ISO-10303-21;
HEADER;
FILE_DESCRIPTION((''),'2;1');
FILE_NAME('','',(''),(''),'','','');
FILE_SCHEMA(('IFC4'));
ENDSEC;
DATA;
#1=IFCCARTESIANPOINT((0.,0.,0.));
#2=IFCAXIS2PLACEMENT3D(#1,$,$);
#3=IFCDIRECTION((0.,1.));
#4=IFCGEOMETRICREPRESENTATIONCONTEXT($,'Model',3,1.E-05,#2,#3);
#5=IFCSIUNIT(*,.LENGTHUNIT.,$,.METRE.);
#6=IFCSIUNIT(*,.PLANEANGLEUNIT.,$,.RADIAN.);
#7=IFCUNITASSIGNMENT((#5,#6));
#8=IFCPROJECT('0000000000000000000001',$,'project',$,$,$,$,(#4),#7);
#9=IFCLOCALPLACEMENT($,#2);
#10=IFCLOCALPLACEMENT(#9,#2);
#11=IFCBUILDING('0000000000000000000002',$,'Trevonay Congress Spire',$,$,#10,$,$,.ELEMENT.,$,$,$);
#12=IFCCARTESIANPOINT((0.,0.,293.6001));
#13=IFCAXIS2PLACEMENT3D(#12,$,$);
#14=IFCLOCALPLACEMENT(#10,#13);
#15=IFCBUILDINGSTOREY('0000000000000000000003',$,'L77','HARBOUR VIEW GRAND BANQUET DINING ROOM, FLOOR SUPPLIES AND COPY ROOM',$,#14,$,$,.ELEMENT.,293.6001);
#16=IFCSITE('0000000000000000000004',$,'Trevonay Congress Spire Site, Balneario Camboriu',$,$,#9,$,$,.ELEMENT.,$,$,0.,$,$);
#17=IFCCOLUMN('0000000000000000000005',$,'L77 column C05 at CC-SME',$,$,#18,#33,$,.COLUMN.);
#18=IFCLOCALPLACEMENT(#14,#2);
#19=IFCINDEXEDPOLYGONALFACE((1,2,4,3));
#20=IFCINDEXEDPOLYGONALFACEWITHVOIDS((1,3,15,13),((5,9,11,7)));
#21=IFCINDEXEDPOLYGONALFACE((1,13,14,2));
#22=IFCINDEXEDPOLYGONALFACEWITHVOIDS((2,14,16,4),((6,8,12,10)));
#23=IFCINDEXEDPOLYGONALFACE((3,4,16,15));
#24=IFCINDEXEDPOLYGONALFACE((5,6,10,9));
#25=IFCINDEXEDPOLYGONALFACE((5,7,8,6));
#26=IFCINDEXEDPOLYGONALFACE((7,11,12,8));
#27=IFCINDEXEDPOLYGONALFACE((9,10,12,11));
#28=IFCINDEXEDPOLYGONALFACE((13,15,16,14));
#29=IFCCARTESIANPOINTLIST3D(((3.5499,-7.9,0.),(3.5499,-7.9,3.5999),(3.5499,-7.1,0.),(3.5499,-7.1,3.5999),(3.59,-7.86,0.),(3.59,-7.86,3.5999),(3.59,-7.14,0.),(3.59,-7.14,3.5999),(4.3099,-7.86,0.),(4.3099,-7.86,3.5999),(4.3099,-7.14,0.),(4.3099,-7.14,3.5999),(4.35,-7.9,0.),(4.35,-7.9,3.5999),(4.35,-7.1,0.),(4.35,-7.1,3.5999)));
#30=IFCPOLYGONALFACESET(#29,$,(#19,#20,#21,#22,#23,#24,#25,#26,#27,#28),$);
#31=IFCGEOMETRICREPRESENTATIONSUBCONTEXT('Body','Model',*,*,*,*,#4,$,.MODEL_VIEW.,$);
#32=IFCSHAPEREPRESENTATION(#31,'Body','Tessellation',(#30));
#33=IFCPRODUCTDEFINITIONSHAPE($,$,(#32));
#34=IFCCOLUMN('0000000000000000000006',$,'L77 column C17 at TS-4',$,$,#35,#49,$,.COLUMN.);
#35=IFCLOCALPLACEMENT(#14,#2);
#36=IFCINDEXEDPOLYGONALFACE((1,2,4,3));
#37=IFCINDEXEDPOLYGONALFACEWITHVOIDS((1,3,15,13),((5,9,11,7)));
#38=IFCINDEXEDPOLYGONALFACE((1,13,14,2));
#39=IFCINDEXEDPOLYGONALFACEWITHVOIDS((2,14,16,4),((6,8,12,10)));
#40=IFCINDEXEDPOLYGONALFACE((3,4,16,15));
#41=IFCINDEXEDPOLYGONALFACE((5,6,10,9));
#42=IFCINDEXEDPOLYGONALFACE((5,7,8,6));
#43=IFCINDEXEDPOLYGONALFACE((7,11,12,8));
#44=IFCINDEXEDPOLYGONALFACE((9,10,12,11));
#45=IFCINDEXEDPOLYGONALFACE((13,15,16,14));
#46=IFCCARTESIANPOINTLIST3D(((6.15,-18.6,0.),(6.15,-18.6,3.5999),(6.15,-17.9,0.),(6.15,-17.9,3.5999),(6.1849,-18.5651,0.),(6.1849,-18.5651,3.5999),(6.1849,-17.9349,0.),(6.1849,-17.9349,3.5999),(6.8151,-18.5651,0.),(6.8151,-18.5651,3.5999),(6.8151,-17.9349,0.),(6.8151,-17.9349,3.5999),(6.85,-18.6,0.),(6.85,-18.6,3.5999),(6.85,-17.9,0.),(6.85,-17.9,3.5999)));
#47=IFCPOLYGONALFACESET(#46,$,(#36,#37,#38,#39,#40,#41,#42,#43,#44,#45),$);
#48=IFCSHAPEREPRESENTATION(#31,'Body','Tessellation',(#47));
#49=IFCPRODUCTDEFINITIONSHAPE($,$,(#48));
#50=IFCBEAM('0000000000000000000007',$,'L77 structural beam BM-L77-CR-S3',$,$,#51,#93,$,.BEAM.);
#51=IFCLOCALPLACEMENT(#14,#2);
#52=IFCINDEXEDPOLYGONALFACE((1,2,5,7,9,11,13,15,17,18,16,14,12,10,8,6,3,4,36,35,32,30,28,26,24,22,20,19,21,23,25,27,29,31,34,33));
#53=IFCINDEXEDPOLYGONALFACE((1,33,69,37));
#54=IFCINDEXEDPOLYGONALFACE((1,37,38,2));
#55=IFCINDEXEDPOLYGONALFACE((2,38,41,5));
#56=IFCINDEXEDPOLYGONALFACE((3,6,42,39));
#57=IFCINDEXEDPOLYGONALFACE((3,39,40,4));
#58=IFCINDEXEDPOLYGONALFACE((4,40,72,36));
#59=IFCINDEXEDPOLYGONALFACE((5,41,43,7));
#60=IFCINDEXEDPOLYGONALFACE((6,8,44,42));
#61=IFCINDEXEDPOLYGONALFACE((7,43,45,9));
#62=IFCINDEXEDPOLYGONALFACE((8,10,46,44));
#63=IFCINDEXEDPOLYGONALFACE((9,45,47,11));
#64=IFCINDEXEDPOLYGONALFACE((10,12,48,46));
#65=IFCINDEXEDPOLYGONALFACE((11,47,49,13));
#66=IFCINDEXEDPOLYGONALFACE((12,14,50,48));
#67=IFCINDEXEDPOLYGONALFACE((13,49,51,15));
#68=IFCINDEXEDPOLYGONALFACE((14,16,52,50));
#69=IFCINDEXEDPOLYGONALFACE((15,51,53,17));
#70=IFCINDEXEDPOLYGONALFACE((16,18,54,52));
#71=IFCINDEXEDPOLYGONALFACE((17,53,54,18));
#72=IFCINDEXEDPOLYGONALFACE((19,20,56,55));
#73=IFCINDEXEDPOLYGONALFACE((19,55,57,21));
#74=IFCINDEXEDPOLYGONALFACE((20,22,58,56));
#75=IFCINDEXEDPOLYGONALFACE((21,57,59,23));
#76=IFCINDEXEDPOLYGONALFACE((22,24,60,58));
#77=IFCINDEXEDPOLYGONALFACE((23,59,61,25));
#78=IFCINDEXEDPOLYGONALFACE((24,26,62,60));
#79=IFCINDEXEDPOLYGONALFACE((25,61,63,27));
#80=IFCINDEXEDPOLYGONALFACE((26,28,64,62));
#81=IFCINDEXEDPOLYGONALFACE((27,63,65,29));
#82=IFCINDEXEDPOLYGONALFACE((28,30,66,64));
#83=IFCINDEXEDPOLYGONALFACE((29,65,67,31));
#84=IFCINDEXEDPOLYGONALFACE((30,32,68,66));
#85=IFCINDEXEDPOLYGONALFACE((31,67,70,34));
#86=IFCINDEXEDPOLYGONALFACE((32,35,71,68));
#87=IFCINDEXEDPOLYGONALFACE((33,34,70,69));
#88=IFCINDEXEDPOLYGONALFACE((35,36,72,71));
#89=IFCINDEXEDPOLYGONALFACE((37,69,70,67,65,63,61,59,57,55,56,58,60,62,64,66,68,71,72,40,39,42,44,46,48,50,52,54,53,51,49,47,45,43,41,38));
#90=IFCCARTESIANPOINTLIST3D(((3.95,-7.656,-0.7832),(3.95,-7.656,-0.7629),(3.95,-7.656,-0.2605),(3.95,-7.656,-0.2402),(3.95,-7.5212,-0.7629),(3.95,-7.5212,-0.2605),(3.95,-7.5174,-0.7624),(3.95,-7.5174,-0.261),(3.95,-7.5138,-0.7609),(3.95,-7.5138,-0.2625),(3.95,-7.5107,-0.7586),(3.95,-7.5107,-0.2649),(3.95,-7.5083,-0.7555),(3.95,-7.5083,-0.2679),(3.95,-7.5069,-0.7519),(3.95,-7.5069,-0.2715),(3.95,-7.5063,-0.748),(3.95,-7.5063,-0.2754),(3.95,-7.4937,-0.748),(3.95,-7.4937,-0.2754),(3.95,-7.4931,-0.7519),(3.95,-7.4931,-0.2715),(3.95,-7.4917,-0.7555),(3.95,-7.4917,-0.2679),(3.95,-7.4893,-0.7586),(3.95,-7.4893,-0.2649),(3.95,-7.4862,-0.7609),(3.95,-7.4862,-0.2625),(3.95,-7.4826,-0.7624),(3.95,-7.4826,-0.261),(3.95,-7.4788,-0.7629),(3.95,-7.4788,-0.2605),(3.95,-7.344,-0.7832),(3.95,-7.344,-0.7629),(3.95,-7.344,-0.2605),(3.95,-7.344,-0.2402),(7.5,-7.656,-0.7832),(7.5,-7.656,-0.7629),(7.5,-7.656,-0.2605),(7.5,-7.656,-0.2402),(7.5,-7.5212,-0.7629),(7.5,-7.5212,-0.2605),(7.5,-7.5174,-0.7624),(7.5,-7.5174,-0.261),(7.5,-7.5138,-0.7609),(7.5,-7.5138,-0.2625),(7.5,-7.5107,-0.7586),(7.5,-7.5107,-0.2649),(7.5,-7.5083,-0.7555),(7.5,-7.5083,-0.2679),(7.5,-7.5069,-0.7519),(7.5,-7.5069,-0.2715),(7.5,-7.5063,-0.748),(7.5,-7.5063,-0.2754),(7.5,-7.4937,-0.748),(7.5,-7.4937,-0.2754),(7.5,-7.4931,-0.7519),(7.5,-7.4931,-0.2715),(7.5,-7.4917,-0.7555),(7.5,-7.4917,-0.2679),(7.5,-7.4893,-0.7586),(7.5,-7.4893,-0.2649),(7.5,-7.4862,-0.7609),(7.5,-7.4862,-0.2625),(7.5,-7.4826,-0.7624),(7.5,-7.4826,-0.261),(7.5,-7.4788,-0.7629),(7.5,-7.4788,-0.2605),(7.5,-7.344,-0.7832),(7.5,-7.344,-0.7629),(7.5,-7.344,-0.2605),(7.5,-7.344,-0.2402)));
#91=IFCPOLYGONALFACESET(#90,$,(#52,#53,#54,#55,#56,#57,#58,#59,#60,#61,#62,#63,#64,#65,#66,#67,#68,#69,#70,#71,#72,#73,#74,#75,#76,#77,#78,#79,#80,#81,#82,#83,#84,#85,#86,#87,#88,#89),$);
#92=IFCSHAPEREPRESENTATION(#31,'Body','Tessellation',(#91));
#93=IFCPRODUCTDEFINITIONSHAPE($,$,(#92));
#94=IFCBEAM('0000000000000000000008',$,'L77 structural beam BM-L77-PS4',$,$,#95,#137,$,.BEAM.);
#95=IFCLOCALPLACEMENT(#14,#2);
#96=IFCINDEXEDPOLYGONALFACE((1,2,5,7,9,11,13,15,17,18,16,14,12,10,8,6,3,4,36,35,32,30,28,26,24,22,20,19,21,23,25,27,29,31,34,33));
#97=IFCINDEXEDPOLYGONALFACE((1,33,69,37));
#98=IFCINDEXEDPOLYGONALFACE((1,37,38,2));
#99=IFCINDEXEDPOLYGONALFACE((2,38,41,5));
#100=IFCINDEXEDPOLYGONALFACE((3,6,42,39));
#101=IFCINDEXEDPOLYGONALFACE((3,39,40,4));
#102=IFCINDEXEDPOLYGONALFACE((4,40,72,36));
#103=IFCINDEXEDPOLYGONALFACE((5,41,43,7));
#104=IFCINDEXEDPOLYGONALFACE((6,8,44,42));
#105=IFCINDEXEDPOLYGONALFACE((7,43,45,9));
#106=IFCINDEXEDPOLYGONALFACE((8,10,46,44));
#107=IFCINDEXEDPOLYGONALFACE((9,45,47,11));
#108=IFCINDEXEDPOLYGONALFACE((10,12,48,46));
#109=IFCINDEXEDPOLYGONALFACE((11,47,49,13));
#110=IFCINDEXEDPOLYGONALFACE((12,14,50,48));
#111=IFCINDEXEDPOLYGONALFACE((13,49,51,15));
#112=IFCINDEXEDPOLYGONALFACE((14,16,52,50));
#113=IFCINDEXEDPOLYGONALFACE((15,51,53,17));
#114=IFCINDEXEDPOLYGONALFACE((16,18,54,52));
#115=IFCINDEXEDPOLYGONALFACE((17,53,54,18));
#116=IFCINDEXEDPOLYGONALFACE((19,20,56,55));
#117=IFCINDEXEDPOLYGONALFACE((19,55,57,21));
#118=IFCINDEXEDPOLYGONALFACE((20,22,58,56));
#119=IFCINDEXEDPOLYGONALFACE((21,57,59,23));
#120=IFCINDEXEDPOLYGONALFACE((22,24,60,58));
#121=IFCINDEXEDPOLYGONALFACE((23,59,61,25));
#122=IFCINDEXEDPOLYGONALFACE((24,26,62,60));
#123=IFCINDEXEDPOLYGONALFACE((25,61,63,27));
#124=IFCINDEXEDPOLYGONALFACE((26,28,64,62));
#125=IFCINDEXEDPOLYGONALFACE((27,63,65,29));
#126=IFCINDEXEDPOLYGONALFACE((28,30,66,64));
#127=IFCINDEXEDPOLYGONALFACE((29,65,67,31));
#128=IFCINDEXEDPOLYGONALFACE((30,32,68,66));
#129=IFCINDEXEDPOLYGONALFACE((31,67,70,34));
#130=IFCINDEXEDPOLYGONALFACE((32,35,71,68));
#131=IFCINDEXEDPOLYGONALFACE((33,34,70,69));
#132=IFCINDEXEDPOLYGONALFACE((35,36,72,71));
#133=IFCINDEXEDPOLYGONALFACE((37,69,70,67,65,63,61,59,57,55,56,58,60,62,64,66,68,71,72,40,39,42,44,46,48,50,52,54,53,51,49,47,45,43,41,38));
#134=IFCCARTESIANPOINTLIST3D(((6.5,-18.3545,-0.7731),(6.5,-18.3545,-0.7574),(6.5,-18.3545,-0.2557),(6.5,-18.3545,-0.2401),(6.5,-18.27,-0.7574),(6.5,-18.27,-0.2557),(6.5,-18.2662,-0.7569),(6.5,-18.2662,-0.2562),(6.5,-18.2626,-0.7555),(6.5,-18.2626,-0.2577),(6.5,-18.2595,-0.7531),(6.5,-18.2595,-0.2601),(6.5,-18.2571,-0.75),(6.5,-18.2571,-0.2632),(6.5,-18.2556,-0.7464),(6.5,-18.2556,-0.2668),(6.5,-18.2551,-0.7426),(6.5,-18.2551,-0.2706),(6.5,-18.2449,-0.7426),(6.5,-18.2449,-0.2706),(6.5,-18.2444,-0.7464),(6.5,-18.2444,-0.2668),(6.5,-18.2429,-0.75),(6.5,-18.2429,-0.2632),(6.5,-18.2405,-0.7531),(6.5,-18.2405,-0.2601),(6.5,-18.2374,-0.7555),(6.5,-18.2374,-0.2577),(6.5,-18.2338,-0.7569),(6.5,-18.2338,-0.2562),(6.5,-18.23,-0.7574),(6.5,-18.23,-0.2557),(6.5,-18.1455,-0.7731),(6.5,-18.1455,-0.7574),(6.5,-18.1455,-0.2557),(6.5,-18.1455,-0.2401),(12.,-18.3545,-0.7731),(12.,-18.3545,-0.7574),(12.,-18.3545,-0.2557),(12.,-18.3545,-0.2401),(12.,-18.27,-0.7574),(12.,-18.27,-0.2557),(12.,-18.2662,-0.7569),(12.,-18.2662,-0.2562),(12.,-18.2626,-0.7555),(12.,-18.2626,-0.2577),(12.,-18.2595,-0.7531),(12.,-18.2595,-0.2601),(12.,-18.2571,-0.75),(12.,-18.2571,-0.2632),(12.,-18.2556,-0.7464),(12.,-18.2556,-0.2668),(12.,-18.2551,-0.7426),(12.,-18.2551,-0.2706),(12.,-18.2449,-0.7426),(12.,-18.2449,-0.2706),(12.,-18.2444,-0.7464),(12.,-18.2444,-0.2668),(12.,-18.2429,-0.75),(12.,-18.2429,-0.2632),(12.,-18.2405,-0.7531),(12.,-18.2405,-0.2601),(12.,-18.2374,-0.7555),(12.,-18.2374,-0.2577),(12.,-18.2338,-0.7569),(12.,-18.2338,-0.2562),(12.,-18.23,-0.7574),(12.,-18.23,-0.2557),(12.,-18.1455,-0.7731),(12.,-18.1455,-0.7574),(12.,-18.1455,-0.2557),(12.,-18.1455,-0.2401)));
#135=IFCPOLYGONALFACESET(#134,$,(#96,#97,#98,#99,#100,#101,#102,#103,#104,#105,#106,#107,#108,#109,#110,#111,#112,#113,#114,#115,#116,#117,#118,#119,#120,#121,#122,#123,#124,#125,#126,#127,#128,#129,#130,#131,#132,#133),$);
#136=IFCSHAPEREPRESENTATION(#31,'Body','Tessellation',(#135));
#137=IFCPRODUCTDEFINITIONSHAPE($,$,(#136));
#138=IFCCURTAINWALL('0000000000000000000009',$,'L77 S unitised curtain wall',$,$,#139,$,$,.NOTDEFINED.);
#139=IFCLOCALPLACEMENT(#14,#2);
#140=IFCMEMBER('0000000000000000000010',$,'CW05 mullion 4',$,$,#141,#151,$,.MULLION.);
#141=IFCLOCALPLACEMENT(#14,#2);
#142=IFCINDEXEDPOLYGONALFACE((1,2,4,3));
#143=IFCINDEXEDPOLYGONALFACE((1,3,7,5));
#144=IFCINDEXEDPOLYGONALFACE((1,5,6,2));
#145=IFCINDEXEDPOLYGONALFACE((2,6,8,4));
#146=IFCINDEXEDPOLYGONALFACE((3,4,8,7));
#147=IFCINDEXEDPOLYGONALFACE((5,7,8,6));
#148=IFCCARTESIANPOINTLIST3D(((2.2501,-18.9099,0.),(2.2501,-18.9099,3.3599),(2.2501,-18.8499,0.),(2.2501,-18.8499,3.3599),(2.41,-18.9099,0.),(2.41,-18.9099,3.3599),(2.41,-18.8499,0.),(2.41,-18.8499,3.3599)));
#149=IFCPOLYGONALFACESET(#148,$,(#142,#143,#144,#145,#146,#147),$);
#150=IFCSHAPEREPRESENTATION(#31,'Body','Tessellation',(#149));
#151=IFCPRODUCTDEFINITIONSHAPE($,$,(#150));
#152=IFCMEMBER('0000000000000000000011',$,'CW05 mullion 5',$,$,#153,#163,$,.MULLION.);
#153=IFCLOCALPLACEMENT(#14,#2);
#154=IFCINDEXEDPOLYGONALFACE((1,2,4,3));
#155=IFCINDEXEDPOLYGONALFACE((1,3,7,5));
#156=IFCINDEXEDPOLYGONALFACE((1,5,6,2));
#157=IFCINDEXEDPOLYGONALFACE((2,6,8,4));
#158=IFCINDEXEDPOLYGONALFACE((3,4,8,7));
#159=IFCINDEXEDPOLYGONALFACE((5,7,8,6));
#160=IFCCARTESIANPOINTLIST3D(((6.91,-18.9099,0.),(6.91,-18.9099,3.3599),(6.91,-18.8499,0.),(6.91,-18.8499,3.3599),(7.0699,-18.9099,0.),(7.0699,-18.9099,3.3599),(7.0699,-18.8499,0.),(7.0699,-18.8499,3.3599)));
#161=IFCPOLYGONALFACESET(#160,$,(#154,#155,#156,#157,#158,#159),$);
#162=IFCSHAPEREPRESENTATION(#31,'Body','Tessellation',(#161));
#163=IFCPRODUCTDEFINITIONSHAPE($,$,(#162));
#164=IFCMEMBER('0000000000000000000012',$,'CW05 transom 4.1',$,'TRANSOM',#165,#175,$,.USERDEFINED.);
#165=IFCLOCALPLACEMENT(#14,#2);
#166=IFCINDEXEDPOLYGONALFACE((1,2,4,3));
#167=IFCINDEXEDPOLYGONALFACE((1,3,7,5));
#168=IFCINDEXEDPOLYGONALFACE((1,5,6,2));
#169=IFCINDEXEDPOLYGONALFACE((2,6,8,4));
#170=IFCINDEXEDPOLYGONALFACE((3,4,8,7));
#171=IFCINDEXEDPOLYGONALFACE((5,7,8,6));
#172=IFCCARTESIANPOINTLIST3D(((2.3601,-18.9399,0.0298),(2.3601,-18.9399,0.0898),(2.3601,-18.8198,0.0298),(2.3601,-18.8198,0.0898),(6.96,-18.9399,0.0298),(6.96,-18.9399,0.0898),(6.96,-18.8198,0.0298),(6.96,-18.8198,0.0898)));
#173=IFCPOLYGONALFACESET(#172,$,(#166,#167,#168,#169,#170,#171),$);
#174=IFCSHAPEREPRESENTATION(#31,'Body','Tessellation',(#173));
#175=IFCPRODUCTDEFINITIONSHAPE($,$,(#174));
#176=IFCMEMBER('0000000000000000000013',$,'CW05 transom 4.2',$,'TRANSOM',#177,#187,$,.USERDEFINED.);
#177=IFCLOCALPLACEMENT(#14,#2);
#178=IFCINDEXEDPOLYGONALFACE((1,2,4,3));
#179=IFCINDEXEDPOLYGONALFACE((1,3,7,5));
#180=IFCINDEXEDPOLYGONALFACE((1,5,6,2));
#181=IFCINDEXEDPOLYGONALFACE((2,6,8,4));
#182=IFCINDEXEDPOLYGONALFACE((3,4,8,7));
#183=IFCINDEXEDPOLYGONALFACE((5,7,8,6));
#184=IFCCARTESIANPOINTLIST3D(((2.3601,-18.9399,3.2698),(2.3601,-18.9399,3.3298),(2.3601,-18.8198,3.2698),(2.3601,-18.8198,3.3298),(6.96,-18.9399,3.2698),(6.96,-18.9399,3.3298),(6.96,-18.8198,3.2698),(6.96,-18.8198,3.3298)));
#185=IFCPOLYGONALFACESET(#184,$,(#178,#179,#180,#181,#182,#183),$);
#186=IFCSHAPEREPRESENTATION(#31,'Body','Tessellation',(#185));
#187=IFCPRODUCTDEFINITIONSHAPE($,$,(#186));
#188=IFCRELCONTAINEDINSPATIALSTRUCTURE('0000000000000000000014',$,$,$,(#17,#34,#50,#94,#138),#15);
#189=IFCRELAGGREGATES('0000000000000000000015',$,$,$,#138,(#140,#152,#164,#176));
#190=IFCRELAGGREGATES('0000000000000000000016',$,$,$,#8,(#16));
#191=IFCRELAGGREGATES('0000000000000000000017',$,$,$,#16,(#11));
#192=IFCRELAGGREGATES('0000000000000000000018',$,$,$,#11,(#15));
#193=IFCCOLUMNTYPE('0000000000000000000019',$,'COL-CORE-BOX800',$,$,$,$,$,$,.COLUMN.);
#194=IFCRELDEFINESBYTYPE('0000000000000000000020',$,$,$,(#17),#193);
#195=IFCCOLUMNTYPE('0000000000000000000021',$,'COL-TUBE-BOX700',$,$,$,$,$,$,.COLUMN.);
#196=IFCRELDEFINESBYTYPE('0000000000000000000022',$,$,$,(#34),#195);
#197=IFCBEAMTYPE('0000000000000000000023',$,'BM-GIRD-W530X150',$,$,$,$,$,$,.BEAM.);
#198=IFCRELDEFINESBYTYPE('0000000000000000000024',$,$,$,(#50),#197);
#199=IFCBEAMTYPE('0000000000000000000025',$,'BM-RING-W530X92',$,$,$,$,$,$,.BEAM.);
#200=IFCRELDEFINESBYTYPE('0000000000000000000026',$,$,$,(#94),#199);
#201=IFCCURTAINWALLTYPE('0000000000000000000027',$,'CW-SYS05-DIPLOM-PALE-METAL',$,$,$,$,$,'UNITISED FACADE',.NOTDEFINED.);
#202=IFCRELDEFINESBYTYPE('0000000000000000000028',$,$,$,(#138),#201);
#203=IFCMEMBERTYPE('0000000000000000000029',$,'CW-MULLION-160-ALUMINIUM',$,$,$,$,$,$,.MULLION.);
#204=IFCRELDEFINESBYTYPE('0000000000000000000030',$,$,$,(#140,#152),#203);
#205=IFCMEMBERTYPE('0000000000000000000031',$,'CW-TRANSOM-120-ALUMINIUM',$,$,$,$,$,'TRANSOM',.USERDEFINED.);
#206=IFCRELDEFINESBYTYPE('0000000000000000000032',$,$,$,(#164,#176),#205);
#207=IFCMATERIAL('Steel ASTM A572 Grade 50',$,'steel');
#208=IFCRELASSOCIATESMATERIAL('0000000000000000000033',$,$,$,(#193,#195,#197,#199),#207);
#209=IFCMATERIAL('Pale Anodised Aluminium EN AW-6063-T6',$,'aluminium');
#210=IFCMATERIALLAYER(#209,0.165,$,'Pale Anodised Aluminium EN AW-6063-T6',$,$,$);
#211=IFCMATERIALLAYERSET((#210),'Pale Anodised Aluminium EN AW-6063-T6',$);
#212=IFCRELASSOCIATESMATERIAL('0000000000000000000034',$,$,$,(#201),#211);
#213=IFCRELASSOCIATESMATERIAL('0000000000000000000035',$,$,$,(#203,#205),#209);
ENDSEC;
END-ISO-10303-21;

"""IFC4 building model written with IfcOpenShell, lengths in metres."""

from ifc_helpers import new_model, si_unit, direction, frame, origin, origin_2d, place, context, subcontext, project, spatial, rectangle, hollow_rectangle, i_section, extrude, material, layer, layer_set, material_profile, profile_set, type_object, element, aggregate, save


model = new_model("IFC4")

# Units and contexts
model_context = context("Model", 3, precision=1e-05, world=origin(), true_north=direction((0.0, 1.0)))
body_context = subcontext(model_context, "Body", "Model", "MODEL_VIEW")
ifc_project = project(units=[si_unit("LENGTHUNIT", "METRE"), si_unit("PLANEANGLEUNIT", "RADIAN")], contexts=[model_context])

# Site, building, storey
site_placement = place(None, origin())
site = spatial("IfcSite", under=ifc_project, at=site_placement, Name="Trevonay Congress Spire Site, Balneario Camboriu", CompositionType="ELEMENT", RefElevation=0.0)
building_placement = place(site_placement, origin())
building = spatial("IfcBuilding", under=site, at=building_placement, Name="Trevonay Congress Spire", CompositionType="ELEMENT")
storey_placement = place(building_placement, frame((0.0, 0.0, 293.6001)))
storey = spatial("IfcBuildingStorey", under=building, at=storey_placement, Name="L77", Description="HARBOUR VIEW GRAND BANQUET DINING ROOM, FLOOR SUPPLIES AND COPY ROOM", CompositionType="ELEMENT", Elevation=293.6001)

# Columns
ifc_material_1 = material(Name="Steel ASTM A572 Grade 50", Category="steel")
ifc_material_profile_1 = material_profile(ifc_material_1, hollow_rectangle(XDim=0.8, YDim=0.8, WallThickness=0.04, at=origin_2d()), Name="BOX 800x800x40")
ifc_profile_set_1 = profile_set([ifc_material_profile_1], Name="Steel ASTM A572 Grade 50")
column_type_1 = type_object("IfcColumnType", Name="COL-CORE-BOX800", PredefinedType="COLUMN", material=ifc_profile_set_1)
column_1_placement = place(storey_placement, frame((3.95, -7.5, 0.0), z_axis=(0.0, 0.0, 1.0), x_axis=(1.0, 0.0, 0.0)))
element("IfcColumn", 1, at=column_1_placement, inside=storey, type_object=column_type_1, Name="L77 column C05 at CC-SME", PredefinedType="COLUMN", context=body_context, shape_type="SweptSolid", body=[
    extrude(hollow_rectangle(XDim=0.8, YDim=0.8, WallThickness=0.04, at=origin_2d()), origin(), (0.0, 0.0, 1.0), 3.5999),
])
ifc_material_profile_2 = material_profile(ifc_material_1, hollow_rectangle(XDim=0.7, YDim=0.7, WallThickness=0.0349, at=origin_2d()), Name="BOX 700x700x35")
ifc_profile_set_2 = profile_set([ifc_material_profile_2], Name="Steel ASTM A572 Grade 50")
column_type_2 = type_object("IfcColumnType", Name="COL-TUBE-BOX700", PredefinedType="COLUMN", material=ifc_profile_set_2)
column_2_placement = place(storey_placement, frame((6.5, -18.25, 0.0), z_axis=(0.0, 0.0, 1.0), x_axis=(1.0, 0.0, 0.0)))
element("IfcColumn", 2, at=column_2_placement, inside=storey, type_object=column_type_2, Name="L77 column C17 at TS-4", PredefinedType="COLUMN", context=body_context, shape_type="SweptSolid", body=[
    extrude(hollow_rectangle(XDim=0.7, YDim=0.7, WallThickness=0.0349, at=origin_2d()), origin(), (0.0, 0.0, 1.0), 3.5999),
])

# Beams
ifc_material_profile_3 = material_profile(ifc_material_1, i_section(OverallWidth=0.312, OverallDepth=0.543, WebThickness=0.0127, FlangeThickness=0.0203, FilletRadius=0.0149, at=origin_2d()), Name="W530x150")
ifc_profile_set_3 = profile_set([ifc_material_profile_3], Name="Steel ASTM A572 Grade 50")
beam_type_1 = type_object("IfcBeamType", Name="BM-GIRD-W530X150", PredefinedType="BEAM", material=ifc_profile_set_3)
beam_1_placement = place(storey_placement, frame((3.95, -7.5, -0.5117), z_axis=(1.0, 0.0, 0.0), x_axis=(0.0, 1.0, 0.0)))
element("IfcBeam", 3, at=beam_1_placement, inside=storey, type_object=beam_type_1, Name="L77 structural beam BM-L77-CR-S3", PredefinedType="BEAM", context=body_context, shape_type="SweptSolid", body=[
    extrude(i_section(OverallWidth=0.312, OverallDepth=0.543, WebThickness=0.0127, FlangeThickness=0.0203, FilletRadius=0.0149, at=origin_2d()), origin(), (0.0, 0.0, 1.0), 3.55),
])
ifc_material_profile_4 = material_profile(ifc_material_1, i_section(OverallWidth=0.209, OverallDepth=0.533, WebThickness=0.0103, FlangeThickness=0.0156, FilletRadius=0.0149, at=origin_2d()), Name="W530x92")
ifc_profile_set_4 = profile_set([ifc_material_profile_4], Name="Steel ASTM A572 Grade 50")
beam_type_2 = type_object("IfcBeamType", Name="BM-RING-W530X92", PredefinedType="BEAM", material=ifc_profile_set_4)
beam_2_placement = place(storey_placement, frame((6.5, -18.25, -0.5066), z_axis=(1.0, 0.0, 0.0), x_axis=(0.0, 1.0, 0.0)))
element("IfcBeam", 4, at=beam_2_placement, inside=storey, type_object=beam_type_2, Name="L77 structural beam BM-L77-PS4", PredefinedType="BEAM", context=body_context, shape_type="SweptSolid", body=[
    extrude(i_section(OverallWidth=0.209, OverallDepth=0.533, WebThickness=0.0103, FlangeThickness=0.0156, FilletRadius=0.0149, at=origin_2d()), origin(), (0.0, 0.0, 1.0), 5.5),
])

# Curtain wall, members
ifc_material_2 = material(Name="Pale Anodised Aluminium EN AW-6063-T6", Category="aluminium")
ifc_layer_1 = layer(ifc_material_2, 0.165, Name="Pale Anodised Aluminium EN AW-6063-T6")
ifc_layer_set_1 = layer_set([ifc_layer_1], Name="Pale Anodised Aluminium EN AW-6063-T6")
curtain_wall_type = type_object("IfcCurtainWallType", Name="CW-SYS05-DIPLOM-PALE-METAL", ElementType="UNITISED FACADE", PredefinedType="NOTDEFINED", material=ifc_layer_set_1)
curtain_wall_placement = place(storey_placement, origin())
curtain_wall = element("IfcCurtainWall", 5, at=curtain_wall_placement, inside=storey, type_object=curtain_wall_type, Name="L77 S unitised curtain wall", PredefinedType="NOTDEFINED")
ifc_material_profile_5 = material_profile(ifc_material_2, rectangle(XDim=0.0601, YDim=0.1599, at=origin_2d()), Name="CW-MULLION-160-ALUMINIUM")
ifc_profile_set_5 = profile_set([ifc_material_profile_5], Name="Pale Anodised Aluminium EN AW-6063-T6")
member_type_1 = type_object("IfcMemberType", Name="CW-MULLION-160-ALUMINIUM", PredefinedType="MULLION", material=ifc_profile_set_5)
member_1_placement = place(storey_placement, frame((2.3301, -18.8799, 0.0), z_axis=(0.0, 0.0, 1.0), x_axis=(0.0, 1.0, 0.0)))
member_1 = element("IfcMember", 6, at=member_1_placement, type_object=member_type_1, Name="CW05 mullion 4", PredefinedType="MULLION", context=body_context, shape_type="SweptSolid", body=[
    extrude(rectangle(XDim=0.0601, YDim=0.1599, at=origin_2d()), origin(), (0.0, 0.0, 1.0), 3.3599),
])
member_2_placement = place(storey_placement, frame((6.99, -18.8799, 0.0), z_axis=(0.0, 0.0, 1.0), x_axis=(0.0, 1.0, 0.0)))
member_2 = element("IfcMember", 7, at=member_2_placement, type_object=member_type_1, Name="CW05 mullion 5", PredefinedType="MULLION", context=body_context, shape_type="SweptSolid", body=[
    extrude(rectangle(XDim=0.0601, YDim=0.1599, at=origin_2d()), origin(), (0.0, 0.0, 1.0), 3.3599),
])
ifc_material_profile_6 = material_profile(ifc_material_2, rectangle(XDim=0.1201, YDim=0.0601, at=origin_2d()), Name="CW-TRANSOM-120-ALUMINIUM")
ifc_profile_set_6 = profile_set([ifc_material_profile_6], Name="Pale Anodised Aluminium EN AW-6063-T6")
member_type_2 = type_object("IfcMemberType", Name="CW-TRANSOM-120-ALUMINIUM", ElementType="TRANSOM", PredefinedType="USERDEFINED", material=ifc_profile_set_6)
member_3_placement = place(storey_placement, frame((2.3601, -18.8799, 0.0598), z_axis=(1.0, 0.0, 0.0), x_axis=(0.0, 1.0, 0.0)))
member_3 = element("IfcMember", 8, at=member_3_placement, type_object=member_type_2, Name="CW05 transom 4.1", ObjectType="TRANSOM", PredefinedType="USERDEFINED", context=body_context, shape_type="SweptSolid", body=[
    extrude(rectangle(XDim=0.1201, YDim=0.0601, at=origin_2d()), origin(), (0.0, 0.0, 1.0), 4.5999),
])
member_4_placement = place(storey_placement, frame((2.3601, -18.8799, 3.2998), z_axis=(1.0, 0.0, 0.0), x_axis=(0.0, 1.0, 0.0)))
member_4 = element("IfcMember", 9, at=member_4_placement, type_object=member_type_2, Name="CW05 transom 4.2", ObjectType="TRANSOM", PredefinedType="USERDEFINED", context=body_context, shape_type="SweptSolid", body=[
    extrude(rectangle(XDim=0.1201, YDim=0.0601, at=origin_2d()), origin(), (0.0, 0.0, 1.0), 4.5999),
])

aggregate(curtain_wall, [member_1, member_2, member_3, member_4])

save(model, "model.ifc")
